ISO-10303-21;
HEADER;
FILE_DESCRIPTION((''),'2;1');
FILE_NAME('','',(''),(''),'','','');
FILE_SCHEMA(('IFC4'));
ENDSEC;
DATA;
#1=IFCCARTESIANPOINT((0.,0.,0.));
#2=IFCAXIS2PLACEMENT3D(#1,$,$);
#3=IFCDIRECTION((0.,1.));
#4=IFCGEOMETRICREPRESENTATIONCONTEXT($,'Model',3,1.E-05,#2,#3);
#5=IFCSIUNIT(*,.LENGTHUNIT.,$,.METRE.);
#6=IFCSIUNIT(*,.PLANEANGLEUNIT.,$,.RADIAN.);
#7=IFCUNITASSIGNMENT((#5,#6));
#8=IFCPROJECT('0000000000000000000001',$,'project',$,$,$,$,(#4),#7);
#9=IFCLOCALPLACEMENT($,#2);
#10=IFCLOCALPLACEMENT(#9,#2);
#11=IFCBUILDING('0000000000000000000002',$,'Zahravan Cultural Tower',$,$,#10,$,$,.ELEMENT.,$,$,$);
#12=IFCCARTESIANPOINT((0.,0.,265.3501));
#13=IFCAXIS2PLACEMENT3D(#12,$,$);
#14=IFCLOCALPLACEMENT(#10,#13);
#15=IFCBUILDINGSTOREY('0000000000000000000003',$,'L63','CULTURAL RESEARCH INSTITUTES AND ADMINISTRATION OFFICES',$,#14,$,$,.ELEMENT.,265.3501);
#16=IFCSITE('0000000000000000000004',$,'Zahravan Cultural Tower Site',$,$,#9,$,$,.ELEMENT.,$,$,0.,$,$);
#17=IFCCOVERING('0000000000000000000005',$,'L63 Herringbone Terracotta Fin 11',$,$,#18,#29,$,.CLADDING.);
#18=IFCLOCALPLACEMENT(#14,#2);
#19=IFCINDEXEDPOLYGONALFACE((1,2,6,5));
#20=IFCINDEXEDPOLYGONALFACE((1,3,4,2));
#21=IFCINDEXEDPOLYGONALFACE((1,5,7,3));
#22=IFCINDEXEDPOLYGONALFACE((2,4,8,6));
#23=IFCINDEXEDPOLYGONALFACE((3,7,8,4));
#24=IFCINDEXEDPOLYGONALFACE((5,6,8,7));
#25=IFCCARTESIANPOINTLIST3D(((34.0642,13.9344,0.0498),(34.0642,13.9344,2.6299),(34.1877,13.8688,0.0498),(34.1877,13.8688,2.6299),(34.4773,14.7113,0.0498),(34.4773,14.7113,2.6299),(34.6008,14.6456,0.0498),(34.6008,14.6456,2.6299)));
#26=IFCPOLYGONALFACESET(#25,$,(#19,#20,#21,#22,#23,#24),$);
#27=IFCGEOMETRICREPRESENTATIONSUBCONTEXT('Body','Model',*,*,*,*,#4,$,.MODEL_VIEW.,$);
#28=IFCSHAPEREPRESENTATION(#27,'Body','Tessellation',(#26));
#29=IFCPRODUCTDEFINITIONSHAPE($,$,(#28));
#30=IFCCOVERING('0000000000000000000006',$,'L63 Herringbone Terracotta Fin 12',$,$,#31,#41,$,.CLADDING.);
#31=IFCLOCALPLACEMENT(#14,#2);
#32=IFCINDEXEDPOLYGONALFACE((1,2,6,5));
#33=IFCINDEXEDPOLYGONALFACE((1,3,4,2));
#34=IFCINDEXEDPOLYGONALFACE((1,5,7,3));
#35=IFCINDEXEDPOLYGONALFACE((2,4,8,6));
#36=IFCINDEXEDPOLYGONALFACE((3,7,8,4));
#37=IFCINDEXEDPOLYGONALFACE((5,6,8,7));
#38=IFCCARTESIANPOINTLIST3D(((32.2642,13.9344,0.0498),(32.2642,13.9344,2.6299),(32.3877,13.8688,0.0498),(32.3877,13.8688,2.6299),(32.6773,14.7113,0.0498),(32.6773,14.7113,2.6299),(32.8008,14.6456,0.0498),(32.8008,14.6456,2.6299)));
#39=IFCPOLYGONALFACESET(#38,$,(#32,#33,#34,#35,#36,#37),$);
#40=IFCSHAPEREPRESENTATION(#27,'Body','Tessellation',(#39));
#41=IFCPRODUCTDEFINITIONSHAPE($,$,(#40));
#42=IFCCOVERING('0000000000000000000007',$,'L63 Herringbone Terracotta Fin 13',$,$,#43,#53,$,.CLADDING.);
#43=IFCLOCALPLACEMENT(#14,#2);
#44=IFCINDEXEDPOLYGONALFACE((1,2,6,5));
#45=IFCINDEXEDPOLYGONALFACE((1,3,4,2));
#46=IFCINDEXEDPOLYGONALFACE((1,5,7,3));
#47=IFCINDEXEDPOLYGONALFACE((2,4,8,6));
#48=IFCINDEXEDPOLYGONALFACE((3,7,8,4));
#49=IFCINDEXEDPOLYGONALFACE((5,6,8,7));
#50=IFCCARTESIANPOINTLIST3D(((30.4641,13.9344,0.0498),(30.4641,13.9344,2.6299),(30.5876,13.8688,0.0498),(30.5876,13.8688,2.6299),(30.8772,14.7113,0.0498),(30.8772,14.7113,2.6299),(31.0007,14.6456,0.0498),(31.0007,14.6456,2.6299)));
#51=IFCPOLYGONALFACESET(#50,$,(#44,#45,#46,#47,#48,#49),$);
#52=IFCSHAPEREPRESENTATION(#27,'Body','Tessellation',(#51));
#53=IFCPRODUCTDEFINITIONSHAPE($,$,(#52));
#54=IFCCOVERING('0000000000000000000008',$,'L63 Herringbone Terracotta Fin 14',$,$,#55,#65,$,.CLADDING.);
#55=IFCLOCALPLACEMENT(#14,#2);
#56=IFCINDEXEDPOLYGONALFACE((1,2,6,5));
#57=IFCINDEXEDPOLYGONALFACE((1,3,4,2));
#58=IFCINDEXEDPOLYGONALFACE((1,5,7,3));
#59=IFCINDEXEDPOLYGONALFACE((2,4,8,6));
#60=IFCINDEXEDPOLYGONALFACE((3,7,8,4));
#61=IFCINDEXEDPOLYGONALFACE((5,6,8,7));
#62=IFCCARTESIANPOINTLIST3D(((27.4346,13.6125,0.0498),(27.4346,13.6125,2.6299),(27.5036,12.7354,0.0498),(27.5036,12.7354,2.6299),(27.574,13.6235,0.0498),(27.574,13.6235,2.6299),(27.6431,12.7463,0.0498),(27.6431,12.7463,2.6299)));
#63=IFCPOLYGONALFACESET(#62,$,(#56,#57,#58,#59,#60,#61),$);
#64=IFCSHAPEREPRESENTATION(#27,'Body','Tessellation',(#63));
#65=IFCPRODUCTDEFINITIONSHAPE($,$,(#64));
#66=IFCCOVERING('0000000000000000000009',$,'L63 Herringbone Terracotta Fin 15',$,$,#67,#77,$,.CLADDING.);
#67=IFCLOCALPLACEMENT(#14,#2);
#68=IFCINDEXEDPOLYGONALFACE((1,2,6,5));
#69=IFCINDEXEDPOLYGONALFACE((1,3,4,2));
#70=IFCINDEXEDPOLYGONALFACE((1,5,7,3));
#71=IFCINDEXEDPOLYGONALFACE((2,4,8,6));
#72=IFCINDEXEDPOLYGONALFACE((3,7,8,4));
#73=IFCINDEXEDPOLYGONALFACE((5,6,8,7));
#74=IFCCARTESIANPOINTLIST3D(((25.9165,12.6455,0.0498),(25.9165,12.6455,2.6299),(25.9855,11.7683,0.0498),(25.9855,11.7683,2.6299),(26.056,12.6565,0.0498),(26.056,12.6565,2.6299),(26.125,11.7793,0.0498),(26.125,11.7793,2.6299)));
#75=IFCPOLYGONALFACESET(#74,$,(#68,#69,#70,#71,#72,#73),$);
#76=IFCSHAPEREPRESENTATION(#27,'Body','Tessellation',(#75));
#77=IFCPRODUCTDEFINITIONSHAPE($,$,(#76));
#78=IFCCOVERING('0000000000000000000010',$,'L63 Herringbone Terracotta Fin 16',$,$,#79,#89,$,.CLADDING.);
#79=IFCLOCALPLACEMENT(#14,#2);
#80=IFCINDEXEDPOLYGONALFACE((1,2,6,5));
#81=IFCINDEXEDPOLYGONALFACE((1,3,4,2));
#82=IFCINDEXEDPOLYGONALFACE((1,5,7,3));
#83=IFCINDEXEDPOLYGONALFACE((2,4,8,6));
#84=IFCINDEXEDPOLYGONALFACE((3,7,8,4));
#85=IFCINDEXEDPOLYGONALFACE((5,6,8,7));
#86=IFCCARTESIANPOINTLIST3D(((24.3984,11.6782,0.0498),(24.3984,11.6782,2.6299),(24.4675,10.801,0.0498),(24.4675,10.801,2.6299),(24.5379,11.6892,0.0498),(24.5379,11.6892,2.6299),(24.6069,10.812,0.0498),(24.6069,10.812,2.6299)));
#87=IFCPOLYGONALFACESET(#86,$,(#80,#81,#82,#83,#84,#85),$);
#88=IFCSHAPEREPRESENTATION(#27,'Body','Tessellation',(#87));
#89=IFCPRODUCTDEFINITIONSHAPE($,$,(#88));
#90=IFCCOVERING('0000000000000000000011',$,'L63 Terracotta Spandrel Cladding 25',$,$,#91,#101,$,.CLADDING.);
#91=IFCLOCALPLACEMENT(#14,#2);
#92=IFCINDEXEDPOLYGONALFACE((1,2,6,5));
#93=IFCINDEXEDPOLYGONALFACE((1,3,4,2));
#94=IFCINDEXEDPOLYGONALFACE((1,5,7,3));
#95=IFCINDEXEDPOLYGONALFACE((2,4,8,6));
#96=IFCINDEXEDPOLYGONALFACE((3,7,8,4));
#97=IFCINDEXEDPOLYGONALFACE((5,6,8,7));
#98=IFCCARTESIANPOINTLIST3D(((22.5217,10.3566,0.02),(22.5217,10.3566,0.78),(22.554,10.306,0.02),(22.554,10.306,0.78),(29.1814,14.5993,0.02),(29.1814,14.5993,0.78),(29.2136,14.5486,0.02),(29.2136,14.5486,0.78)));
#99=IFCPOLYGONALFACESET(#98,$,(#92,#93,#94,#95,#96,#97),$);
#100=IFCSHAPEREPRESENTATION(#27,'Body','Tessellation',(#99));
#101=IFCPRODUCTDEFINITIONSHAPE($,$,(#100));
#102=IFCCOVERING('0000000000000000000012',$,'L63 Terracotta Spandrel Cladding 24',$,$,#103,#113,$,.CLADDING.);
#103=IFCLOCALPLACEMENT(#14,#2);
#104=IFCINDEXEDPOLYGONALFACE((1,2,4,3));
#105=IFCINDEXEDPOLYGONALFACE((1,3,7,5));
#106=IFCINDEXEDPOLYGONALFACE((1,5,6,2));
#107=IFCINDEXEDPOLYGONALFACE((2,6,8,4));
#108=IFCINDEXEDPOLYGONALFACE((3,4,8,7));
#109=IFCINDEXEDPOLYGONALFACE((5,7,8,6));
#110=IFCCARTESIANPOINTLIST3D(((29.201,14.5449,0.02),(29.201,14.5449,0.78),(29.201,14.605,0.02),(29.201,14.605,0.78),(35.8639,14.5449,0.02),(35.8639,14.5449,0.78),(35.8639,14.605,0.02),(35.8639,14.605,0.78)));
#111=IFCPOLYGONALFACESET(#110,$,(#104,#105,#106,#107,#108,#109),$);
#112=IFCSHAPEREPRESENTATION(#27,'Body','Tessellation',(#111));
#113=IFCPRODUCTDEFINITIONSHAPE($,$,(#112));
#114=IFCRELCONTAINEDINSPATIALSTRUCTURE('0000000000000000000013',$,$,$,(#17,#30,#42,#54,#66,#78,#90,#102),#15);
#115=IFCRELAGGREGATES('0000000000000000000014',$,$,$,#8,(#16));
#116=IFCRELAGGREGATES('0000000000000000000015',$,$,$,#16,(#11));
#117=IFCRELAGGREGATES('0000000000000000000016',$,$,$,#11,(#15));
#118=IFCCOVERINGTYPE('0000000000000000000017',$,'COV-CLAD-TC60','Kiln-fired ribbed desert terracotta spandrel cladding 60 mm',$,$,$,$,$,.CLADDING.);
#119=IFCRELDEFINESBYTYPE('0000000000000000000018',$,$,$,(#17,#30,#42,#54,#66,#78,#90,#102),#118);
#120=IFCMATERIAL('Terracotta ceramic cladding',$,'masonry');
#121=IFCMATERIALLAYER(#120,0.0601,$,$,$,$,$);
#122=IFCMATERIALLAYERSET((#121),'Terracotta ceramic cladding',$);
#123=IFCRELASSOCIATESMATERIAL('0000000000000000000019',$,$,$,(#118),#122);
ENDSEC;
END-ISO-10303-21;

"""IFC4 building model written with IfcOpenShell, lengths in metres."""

from ifc_helpers import new_model, si_unit, direction, frame, origin, origin_2d, place, context, subcontext, project, spatial, rectangle, extrude, source, transform, mapped, material, layer, layer_set, type_object, element, save


model = new_model("IFC4")

# Units and contexts
model_context = context("Model", 3, precision=1e-05, world=origin(), true_north=direction((0.0, 1.0)))
body_context = subcontext(model_context, "Body", "Model", "MODEL_VIEW")
ifc_project = project(units=[si_unit("LENGTHUNIT", "METRE"), si_unit("PLANEANGLEUNIT", "RADIAN")], contexts=[model_context])

# Site, building, storey
site_placement = place(None, origin())
site = spatial("IfcSite", under=ifc_project, at=site_placement, Name="Zahravan Cultural Tower Site", CompositionType="ELEMENT", RefElevation=0.0)
building_placement = place(site_placement, origin())
building = spatial("IfcBuilding", under=site, at=building_placement, Name="Zahravan Cultural Tower", CompositionType="ELEMENT")
storey_placement = place(building_placement, frame((0.0, 0.0, 265.3501)))
storey = spatial("IfcBuildingStorey", under=building, at=storey_placement, Name="L63", Description="CULTURAL RESEARCH INSTITUTES AND ADMINISTRATION OFFICES", CompositionType="ELEMENT", Elevation=265.3501)

# Coverings
ifc_material_1 = material(Name="Terracotta ceramic cladding", Category="masonry")
ifc_layer_1 = layer(ifc_material_1, 0.0601)
ifc_layer_set_1 = layer_set([ifc_layer_1], Name="Terracotta ceramic cladding")
covering_type = type_object("IfcCoveringType", Name="COV-CLAD-TC60", Description="Kiln-fired ribbed desert terracotta spandrel cladding 60 mm", PredefinedType="CLADDING", material=ifc_layer_set_1)
shared_shape_1 = source(origin(), body_context, "Body", "SweptSolid", [
    extrude(rectangle(XDim=0.8799, YDim=0.1399, at=origin_2d()), origin(), (0.0, 0.0, 1.0), 2.5801),
])
for number, where, z_axis, x_axis, name in (
    (1, (34.3325, 14.29, 0.0498), (0.0, 0.0, 1.0), (-0.469472, -0.882948, 0.0), "L63 Herringbone Terracotta Fin 11"),
    (2, (32.5325, 14.29, 0.0498), (0.0, 0.0, 1.0), (-0.469472, -0.882948, 0.0), "L63 Herringbone Terracotta Fin 12"),
    (3, (30.7324, 14.29, 0.0498), (0.0, 0.0, 1.0), (-0.469472, -0.882948, 0.0), "L63 Herringbone Terracotta Fin 13"),
    (4, (27.5388, 13.1794, 0.0498), (0.0, 0.0, 1.0), (0.078459, -0.996917, 0.0), "L63 Herringbone Terracotta Fin 14"),
    (5, (26.0208, 12.2124, 0.0498), (0.0, 0.0, 1.0), (0.078459, -0.996917, 0.0), "L63 Herringbone Terracotta Fin 15"),
    (6, (24.5027, 11.2451, 0.0498), (0.0, 0.0, 1.0), (0.078459, -0.996917, 0.0), "L63 Herringbone Terracotta Fin 16"),
):
    element("IfcCovering", number, at=place(storey_placement, frame(where, z_axis=z_axis, x_axis=x_axis)), inside=storey, type_object=covering_type, Name=name, PredefinedType="CLADDING", context=body_context, shape_type="MappedRepresentation", body=[
        mapped(shared_shape_1, transform((0.0, 0.0, 0.0), x_axis=(1.0, 0.0, 0.0), y_axis=(0.0, 1.0, 0.0), z_axis=(0.0, 0.0, 1.0), scale=1.0)),
    ])
shared_shape_2 = source(origin(), body_context, "Body", "SweptSolid", [
    extrude(rectangle(XDim=7.8962, YDim=0.0601, at=origin_2d()), origin(), (0.0, 0.0, 1.0), 0.76),
])
covering_1_placement = place(storey_placement, frame((25.8677, 12.4526, 0.02), z_axis=(0.0, 0.0, 1.0), x_axis=(-0.843391, -0.5373, 0.0)))
element("IfcCovering", 7, at=covering_1_placement, inside=storey, type_object=covering_type, Name="L63 Terracotta Spandrel Cladding 25", PredefinedType="CLADDING", context=body_context, shape_type="MappedRepresentation", body=[
    mapped(shared_shape_2, transform((0.0, 0.0, 0.0), x_axis=(1.0, 0.0, 0.0), y_axis=(0.0, 1.0, 0.0), z_axis=(0.0, 0.0, 1.0), scale=1.0)),
])
shared_shape_3 = source(origin(), body_context, "Body", "SweptSolid", [
    extrude(rectangle(XDim=6.6628, YDim=0.0601, at=origin_2d()), origin(), (0.0, 0.0, 1.0), 0.76),
])
covering_2_placement = place(storey_placement, frame((32.5325, 14.575, 0.02), z_axis=(0.0, 0.0, 1.0), x_axis=(-1.0, 0.0, 0.0)))
element("IfcCovering", 8, at=covering_2_placement, inside=storey, type_object=covering_type, Name="L63 Terracotta Spandrel Cladding 24", PredefinedType="CLADDING", context=body_context, shape_type="MappedRepresentation", body=[
    mapped(shared_shape_3, transform((0.0, 0.0, 0.0), x_axis=(1.0, 0.0, 0.0), y_axis=(0.0, 1.0, 0.0), z_axis=(0.0, 0.0, 1.0), scale=1.0)),
])

save(model, "model.ifc")
